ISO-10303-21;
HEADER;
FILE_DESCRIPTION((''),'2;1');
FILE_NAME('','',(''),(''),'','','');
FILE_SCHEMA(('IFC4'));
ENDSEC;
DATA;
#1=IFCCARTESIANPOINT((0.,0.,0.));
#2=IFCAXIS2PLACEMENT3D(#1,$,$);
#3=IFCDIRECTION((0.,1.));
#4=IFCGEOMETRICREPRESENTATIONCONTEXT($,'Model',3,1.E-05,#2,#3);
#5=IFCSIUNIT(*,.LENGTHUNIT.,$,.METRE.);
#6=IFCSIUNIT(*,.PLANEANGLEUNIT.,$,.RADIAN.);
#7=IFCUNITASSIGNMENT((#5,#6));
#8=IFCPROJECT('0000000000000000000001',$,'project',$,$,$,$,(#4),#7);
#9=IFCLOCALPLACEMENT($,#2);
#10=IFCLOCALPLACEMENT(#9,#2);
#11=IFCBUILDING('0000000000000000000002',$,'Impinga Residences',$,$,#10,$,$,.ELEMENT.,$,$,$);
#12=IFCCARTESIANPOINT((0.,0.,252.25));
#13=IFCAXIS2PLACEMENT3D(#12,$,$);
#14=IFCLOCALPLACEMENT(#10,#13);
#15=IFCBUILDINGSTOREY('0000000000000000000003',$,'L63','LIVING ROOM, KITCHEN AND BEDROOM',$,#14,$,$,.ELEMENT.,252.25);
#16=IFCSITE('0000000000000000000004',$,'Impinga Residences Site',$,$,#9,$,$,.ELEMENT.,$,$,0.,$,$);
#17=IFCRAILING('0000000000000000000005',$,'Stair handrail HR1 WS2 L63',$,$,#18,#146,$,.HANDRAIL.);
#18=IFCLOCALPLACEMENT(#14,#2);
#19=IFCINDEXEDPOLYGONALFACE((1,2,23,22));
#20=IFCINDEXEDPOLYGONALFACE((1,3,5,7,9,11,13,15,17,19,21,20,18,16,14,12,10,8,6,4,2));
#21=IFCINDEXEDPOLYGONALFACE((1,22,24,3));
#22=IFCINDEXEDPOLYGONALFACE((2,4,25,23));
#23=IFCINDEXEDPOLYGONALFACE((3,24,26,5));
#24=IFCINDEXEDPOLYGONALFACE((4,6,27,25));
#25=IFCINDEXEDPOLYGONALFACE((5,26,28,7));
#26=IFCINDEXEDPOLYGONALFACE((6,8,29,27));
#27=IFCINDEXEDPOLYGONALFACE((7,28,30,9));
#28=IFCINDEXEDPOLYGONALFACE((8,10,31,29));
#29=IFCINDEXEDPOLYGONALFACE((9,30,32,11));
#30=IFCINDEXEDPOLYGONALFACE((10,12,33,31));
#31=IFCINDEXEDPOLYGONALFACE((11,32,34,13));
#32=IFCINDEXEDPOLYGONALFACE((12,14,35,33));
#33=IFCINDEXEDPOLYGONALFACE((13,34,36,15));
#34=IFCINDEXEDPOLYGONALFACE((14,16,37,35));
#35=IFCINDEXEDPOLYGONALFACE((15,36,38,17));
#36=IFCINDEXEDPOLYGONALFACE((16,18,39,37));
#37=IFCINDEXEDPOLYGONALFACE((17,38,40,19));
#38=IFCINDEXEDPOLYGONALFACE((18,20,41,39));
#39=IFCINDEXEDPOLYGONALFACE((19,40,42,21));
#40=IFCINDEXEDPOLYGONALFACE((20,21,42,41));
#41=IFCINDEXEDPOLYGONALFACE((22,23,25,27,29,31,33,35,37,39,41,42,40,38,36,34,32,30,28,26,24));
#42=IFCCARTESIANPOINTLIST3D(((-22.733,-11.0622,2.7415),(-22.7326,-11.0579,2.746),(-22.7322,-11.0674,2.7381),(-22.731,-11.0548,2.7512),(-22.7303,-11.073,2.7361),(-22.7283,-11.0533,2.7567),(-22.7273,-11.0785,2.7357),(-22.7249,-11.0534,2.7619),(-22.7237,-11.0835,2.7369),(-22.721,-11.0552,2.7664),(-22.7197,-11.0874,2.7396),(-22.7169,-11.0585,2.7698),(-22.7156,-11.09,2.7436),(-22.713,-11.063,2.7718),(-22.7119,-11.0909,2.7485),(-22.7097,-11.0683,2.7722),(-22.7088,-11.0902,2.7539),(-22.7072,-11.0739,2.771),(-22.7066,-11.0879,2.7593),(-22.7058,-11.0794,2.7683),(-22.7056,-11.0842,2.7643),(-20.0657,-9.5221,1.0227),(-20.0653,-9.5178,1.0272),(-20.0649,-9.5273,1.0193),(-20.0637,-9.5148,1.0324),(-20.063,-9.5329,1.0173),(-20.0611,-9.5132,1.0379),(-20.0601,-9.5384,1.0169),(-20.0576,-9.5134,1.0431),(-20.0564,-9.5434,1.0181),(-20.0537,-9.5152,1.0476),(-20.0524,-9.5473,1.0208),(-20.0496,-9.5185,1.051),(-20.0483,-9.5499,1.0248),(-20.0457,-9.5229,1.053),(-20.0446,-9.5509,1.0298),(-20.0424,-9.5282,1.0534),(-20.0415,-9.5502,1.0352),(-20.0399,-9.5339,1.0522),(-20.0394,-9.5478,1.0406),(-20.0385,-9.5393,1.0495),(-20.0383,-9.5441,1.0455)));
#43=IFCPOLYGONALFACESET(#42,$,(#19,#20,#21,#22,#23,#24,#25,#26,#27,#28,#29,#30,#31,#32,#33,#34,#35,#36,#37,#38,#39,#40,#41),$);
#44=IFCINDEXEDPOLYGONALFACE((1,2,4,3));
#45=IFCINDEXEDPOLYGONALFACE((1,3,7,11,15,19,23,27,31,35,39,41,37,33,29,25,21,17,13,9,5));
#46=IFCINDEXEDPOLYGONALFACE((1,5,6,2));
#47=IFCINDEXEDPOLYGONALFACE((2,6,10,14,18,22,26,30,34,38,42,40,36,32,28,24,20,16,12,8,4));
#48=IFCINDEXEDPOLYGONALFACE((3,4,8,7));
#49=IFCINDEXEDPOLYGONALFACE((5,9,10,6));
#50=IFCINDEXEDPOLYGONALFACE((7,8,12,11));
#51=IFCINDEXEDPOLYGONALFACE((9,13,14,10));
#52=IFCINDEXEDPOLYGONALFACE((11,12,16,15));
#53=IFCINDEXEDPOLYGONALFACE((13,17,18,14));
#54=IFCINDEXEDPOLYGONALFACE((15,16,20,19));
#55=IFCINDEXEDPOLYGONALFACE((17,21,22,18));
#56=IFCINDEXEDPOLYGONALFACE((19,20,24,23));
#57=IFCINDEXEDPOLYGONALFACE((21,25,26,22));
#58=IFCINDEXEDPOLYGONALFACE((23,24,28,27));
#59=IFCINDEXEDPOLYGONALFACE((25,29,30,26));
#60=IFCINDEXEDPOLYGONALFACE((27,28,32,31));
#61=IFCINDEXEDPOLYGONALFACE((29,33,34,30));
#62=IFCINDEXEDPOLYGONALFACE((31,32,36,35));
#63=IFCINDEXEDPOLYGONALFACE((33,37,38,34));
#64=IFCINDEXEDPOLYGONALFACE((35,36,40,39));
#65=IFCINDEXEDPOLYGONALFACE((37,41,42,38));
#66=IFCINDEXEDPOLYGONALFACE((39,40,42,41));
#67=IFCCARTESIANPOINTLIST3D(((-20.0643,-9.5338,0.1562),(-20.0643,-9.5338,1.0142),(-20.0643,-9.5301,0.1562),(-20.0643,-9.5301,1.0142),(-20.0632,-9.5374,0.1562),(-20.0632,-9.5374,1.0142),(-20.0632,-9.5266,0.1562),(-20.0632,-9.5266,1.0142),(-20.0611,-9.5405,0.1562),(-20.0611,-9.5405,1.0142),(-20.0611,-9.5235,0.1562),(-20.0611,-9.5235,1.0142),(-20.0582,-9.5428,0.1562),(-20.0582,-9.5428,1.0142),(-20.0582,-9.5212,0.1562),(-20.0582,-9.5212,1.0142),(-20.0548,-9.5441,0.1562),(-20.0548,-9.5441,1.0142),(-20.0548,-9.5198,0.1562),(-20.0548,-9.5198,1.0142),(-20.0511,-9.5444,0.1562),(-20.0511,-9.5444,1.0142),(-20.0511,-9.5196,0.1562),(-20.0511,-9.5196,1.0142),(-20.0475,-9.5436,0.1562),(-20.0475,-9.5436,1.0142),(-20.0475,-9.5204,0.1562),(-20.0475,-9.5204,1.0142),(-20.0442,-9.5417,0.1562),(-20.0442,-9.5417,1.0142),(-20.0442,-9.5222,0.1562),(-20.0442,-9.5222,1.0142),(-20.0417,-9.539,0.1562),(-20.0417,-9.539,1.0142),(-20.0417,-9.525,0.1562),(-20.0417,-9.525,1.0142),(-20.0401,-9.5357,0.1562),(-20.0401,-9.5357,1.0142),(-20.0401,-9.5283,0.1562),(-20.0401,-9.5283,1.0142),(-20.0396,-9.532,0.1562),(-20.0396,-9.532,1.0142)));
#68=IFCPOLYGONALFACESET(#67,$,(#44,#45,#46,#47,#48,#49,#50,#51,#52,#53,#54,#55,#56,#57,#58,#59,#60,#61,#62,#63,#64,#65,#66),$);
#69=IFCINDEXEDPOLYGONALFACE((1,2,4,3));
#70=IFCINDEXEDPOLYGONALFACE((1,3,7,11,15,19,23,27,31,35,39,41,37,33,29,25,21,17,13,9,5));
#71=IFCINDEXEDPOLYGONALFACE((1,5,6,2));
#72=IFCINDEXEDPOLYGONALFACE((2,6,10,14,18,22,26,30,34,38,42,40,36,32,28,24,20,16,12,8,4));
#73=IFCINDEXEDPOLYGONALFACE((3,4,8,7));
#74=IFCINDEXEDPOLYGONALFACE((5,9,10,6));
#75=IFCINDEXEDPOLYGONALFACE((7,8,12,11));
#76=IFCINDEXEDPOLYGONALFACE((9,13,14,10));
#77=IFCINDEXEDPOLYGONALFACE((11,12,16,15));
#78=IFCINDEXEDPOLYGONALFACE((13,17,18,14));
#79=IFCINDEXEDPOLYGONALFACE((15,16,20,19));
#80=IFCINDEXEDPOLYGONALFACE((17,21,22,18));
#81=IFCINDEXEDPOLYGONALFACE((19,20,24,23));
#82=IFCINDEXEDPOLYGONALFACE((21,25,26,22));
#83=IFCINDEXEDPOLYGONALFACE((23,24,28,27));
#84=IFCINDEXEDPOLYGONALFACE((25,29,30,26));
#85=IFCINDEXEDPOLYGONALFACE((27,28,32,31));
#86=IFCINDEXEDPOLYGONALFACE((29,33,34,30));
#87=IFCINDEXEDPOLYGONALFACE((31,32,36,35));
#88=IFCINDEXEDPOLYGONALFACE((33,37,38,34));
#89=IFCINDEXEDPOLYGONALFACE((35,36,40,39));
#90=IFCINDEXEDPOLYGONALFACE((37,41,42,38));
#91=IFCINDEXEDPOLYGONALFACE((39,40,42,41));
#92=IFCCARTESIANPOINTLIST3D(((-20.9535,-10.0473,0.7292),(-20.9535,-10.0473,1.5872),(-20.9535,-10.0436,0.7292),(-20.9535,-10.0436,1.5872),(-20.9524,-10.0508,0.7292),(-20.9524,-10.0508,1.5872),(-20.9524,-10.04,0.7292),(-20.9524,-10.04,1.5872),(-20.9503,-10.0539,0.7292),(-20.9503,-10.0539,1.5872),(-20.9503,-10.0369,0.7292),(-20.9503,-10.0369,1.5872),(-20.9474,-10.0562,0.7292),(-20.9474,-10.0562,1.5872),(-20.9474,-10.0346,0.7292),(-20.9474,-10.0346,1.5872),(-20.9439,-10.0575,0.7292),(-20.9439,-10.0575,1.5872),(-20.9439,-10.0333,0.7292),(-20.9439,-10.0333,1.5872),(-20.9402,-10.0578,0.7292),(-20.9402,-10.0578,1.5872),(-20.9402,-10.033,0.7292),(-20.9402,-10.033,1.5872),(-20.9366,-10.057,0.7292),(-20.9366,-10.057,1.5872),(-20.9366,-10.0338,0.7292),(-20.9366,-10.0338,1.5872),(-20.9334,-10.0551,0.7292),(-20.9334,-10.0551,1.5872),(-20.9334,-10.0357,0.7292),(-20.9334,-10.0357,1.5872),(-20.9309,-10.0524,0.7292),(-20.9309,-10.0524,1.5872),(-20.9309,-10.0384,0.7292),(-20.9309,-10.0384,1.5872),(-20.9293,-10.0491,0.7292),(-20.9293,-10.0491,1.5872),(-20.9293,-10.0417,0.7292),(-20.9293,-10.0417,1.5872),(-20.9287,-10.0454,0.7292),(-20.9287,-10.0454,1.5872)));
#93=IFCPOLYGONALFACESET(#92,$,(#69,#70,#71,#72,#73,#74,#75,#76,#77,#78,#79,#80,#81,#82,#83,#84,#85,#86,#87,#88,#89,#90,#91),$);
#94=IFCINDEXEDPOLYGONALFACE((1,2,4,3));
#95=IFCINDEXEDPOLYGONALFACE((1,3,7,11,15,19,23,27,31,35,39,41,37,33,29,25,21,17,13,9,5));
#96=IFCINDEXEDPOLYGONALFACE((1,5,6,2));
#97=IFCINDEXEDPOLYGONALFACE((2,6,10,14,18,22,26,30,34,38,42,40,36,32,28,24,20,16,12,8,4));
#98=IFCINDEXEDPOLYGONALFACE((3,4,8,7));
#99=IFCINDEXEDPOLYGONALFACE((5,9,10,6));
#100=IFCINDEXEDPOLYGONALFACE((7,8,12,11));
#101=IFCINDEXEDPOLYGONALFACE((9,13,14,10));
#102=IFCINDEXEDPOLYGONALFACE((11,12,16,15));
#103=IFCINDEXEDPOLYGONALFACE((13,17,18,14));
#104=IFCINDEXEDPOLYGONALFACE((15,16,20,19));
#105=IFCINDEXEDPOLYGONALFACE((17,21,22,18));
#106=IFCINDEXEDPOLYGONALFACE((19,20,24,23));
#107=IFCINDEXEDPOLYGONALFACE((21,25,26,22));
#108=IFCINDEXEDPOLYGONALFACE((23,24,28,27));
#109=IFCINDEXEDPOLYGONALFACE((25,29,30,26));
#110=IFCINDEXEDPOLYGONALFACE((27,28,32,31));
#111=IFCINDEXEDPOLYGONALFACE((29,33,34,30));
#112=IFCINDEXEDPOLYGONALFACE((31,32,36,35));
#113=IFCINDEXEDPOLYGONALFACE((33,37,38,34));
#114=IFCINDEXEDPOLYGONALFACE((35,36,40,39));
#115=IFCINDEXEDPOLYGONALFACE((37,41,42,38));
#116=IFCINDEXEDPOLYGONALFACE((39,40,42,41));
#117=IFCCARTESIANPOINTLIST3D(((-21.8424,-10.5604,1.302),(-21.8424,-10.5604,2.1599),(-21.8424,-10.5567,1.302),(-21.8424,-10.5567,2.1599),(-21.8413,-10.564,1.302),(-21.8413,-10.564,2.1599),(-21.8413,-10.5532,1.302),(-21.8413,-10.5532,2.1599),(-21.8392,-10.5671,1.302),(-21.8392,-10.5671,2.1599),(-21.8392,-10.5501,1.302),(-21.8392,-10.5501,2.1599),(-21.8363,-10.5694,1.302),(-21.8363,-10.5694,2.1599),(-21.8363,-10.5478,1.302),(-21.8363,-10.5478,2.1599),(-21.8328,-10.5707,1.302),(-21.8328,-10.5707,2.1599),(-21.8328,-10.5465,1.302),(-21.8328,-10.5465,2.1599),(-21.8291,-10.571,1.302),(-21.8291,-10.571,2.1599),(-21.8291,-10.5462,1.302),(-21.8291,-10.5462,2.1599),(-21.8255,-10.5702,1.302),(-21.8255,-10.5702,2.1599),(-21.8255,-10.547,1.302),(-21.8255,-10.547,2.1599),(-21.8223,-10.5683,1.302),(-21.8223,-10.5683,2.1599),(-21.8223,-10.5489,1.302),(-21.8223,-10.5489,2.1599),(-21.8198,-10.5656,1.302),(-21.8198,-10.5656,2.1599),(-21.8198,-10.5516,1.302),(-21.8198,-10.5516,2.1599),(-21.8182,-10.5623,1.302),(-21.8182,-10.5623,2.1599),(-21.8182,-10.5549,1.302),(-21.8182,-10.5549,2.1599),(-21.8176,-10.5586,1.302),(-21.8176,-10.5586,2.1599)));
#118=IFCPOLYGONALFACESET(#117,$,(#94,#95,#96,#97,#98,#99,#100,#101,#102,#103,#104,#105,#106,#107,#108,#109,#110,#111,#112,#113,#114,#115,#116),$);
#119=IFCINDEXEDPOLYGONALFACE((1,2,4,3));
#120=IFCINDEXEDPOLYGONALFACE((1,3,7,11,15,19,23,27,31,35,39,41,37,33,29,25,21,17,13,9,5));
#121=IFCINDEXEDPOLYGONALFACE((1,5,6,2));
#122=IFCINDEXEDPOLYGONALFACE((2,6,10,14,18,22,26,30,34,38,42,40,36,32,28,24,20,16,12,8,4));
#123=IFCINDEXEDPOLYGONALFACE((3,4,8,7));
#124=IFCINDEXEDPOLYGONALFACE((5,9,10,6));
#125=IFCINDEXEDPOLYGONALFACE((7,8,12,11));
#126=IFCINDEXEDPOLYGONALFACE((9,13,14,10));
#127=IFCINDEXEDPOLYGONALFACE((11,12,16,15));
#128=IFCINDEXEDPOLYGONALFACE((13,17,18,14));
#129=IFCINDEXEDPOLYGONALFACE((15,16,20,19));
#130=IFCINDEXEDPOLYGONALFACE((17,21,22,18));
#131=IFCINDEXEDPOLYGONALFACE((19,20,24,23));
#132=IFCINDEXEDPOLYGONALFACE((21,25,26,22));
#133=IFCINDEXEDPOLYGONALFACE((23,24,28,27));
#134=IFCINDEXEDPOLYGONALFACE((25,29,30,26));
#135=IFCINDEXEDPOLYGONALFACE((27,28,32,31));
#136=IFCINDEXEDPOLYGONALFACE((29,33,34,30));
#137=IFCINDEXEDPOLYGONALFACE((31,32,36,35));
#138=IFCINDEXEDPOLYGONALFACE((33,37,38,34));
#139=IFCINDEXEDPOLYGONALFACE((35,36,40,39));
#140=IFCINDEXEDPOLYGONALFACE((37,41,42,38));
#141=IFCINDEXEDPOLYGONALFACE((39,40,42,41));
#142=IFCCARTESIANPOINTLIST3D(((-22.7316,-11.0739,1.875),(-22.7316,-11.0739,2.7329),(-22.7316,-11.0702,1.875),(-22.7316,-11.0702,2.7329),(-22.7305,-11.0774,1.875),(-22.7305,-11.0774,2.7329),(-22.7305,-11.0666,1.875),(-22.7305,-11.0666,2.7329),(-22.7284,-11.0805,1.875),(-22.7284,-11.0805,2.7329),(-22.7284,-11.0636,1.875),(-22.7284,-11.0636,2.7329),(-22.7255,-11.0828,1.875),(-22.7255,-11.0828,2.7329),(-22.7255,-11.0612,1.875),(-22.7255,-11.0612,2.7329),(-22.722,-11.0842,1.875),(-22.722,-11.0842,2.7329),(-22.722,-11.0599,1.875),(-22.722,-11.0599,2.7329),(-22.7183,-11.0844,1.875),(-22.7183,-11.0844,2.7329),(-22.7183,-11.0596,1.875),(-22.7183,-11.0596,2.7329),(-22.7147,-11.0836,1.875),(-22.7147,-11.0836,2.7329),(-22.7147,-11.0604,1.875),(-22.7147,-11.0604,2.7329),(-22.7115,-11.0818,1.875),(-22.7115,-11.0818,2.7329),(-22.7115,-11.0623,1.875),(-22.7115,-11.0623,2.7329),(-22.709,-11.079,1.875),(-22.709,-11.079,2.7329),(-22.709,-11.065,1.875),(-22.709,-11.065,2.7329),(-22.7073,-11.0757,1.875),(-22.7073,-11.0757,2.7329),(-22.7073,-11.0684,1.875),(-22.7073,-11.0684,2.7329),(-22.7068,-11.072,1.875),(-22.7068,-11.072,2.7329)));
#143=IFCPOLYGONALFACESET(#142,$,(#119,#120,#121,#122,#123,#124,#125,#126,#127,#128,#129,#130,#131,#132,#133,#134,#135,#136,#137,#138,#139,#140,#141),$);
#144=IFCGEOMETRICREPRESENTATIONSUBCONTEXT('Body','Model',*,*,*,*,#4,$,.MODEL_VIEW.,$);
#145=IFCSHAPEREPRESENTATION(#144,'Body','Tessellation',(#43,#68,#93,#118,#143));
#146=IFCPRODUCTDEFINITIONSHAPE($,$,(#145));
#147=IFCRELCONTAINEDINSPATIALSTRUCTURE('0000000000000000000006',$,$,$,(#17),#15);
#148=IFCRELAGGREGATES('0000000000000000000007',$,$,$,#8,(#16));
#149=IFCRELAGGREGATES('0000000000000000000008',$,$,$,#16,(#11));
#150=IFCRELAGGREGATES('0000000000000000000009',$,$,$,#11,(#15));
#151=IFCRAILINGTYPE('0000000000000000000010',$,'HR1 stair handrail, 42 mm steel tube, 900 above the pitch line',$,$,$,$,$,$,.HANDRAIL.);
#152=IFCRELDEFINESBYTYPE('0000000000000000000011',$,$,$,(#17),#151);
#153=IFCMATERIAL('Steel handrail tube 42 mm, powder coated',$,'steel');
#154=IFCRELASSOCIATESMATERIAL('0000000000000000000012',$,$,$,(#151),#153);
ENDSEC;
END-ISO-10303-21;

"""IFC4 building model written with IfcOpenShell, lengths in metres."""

from ifc_helpers import new_model, si_unit, direction, frame, origin, origin_2d, place, context, subcontext, project, spatial, circle, extrude, material, type_object, element, save


model = new_model("IFC4")

# Units and contexts
model_context = context("Model", 3, precision=1e-05, world=origin(), true_north=direction((0.0, 1.0)))
body_context = subcontext(model_context, "Body", "Model", "MODEL_VIEW")
ifc_project = project(units=[si_unit("LENGTHUNIT", "METRE"), si_unit("PLANEANGLEUNIT", "RADIAN")], contexts=[model_context])

# Site, building, storey
site_placement = place(None, origin())
site = spatial("IfcSite", under=ifc_project, at=site_placement, Name="Impinga Residences Site", CompositionType="ELEMENT", RefElevation=0.0)
building_placement = place(site_placement, origin())
building = spatial("IfcBuilding", under=site, at=building_placement, Name="Impinga Residences", CompositionType="ELEMENT")
storey_placement = place(building_placement, frame((0.0, 0.0, 252.25)))
storey = spatial("IfcBuildingStorey", under=building, at=storey_placement, Name="L63", Description="LIVING ROOM, KITCHEN AND BEDROOM", CompositionType="ELEMENT", Elevation=252.25)

# Railing
ifc_material_1 = material(Name="Steel handrail tube 42 mm, powder coated", Category="steel")
railing_type = type_object("IfcRailingType", Name="HR1 stair handrail, 42 mm steel tube, 900 above the pitch line", PredefinedType="HANDRAIL", material=ifc_material_1)
railing_1_placement = place(storey_placement, frame((-20.052, -9.532, 0.1562)))
element("IfcRailing", 1, at=railing_1_placement, inside=storey, type_object=railing_type, Name="Stair handrail HR1 WS2 L63", PredefinedType="HANDRAIL", context=body_context, shape_type="SweptSolid", body=[
    extrude(circle(Radius=0.021, at=origin_2d()), frame((0.0, 0.0, 0.8789), z_axis=(-0.756226, -0.436639, 0.487307), x_axis=(0.500027, -0.86601, 0.0)), (0.0, 0.0, 1.0), 3.5271),
    extrude(circle(Radius=0.0125, at=origin_2d()), origin(), (0.0, 0.0, 1.0), 0.8579),
    extrude(circle(Radius=0.0125, at=origin_2d()), frame((-0.8892, -0.5134, 0.573)), (0.0, 0.0, 1.0), 0.8579),
    extrude(circle(Radius=0.0125, at=origin_2d()), frame((-1.7781, -1.0266, 1.1458)), (0.0, 0.0, 1.0), 0.8579),
    extrude(circle(Radius=0.0125, at=origin_2d()), frame((-2.6672, -1.54, 1.7188)), (0.0, 0.0, 1.0), 0.8579),
])

save(model, "model.ifc")
